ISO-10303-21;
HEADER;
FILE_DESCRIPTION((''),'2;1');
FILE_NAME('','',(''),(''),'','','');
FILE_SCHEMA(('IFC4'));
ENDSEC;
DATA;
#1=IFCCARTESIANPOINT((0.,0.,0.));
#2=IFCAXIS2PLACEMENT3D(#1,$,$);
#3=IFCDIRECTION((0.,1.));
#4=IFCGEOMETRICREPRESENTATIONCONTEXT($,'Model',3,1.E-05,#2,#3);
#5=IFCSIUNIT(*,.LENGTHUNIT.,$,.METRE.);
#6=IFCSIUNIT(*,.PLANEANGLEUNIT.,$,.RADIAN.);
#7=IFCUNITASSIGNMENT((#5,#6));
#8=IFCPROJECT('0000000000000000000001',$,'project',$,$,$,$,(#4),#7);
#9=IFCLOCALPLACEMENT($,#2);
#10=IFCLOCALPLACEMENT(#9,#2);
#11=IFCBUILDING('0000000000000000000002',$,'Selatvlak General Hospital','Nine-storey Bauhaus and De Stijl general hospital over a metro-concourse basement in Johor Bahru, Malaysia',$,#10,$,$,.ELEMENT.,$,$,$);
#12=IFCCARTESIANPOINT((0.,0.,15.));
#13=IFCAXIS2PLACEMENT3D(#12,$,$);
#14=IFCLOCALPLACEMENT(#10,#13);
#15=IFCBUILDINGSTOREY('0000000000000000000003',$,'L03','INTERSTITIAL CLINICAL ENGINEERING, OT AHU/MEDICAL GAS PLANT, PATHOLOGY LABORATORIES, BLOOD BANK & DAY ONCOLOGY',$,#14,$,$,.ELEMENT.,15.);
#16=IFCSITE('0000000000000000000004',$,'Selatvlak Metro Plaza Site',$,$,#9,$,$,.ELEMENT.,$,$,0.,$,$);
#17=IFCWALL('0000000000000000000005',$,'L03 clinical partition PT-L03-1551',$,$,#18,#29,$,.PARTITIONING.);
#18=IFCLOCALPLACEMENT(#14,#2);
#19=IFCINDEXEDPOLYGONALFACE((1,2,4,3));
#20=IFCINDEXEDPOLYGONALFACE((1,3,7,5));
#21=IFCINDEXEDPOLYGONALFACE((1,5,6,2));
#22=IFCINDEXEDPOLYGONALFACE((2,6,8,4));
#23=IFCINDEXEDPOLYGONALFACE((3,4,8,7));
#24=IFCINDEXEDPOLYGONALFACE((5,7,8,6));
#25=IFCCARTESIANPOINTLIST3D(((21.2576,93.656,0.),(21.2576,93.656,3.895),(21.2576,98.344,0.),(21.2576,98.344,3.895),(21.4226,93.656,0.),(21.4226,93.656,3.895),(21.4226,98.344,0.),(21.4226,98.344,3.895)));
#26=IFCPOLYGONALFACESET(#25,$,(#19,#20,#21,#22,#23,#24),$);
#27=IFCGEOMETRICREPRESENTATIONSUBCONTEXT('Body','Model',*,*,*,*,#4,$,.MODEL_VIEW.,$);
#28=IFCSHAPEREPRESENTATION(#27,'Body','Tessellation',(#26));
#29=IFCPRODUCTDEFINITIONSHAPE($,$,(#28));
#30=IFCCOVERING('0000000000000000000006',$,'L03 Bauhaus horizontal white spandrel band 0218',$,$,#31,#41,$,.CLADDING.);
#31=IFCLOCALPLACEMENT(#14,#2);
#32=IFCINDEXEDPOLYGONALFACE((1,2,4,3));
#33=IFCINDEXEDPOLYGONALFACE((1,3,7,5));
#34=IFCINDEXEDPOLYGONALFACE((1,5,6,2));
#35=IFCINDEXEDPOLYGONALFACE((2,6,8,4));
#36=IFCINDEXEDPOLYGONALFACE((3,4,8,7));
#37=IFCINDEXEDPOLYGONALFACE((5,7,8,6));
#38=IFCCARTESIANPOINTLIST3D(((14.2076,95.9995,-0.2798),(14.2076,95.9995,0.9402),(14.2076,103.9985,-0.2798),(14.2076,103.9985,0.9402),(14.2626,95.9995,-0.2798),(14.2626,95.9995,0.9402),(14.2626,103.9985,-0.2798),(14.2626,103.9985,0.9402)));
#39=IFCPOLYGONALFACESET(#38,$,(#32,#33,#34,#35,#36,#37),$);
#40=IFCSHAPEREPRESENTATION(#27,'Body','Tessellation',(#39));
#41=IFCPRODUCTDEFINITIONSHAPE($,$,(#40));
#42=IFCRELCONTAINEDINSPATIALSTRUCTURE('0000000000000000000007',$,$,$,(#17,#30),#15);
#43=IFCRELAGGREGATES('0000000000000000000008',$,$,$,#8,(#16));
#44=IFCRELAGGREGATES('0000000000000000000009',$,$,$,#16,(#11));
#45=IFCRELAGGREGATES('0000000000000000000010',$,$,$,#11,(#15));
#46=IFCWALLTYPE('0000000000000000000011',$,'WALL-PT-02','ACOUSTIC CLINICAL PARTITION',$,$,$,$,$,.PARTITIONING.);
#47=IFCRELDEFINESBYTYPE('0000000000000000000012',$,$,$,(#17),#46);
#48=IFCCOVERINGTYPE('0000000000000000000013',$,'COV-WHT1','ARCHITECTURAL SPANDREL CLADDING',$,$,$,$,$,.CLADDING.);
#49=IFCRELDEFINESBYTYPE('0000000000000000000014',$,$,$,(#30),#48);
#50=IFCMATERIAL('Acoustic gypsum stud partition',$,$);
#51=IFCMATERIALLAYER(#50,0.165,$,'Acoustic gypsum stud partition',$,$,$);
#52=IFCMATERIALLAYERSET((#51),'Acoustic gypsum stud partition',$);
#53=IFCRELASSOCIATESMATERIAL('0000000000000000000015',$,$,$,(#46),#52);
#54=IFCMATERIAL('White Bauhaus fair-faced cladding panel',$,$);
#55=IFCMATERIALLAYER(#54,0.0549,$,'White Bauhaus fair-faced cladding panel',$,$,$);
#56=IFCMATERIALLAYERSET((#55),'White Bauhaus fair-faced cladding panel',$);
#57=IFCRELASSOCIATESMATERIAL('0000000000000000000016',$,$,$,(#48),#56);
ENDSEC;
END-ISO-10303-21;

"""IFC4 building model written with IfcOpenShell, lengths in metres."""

from ifc_helpers import new_model, si_unit, direction, frame, frame_2d, origin, origin_2d, place, context, subcontext, project, spatial, rectangle, extrude, material, layer, layer_set, type_object, element, save


model = new_model("IFC4")

# Units and contexts
model_context = context("Model", 3, precision=1e-05, world=origin(), true_north=direction((0.0, 1.0)))
body_context = subcontext(model_context, "Body", "Model", "MODEL_VIEW")
ifc_project = project(units=[si_unit("LENGTHUNIT", "METRE"), si_unit("PLANEANGLEUNIT", "RADIAN")], contexts=[model_context])

# Site, building, storey
site_placement = place(None, origin())
site = spatial("IfcSite", under=ifc_project, at=site_placement, Name="Selatvlak Metro Plaza Site", CompositionType="ELEMENT", RefElevation=0.0)
building_placement = place(site_placement, origin())
building = spatial("IfcBuilding", under=site, at=building_placement, Name="Selatvlak General Hospital", Description="Nine-storey Bauhaus and De Stijl general hospital over a metro-concourse basement in Johor Bahru, Malaysia", CompositionType="ELEMENT")
storey_placement = place(building_placement, frame((0.0, 0.0, 15.0)))
storey = spatial("IfcBuildingStorey", under=building, at=storey_placement, Name="L03", Description="INTERSTITIAL CLINICAL ENGINEERING, OT AHU/MEDICAL GAS PLANT, PATHOLOGY LABORATORIES, BLOOD BANK & DAY ONCOLOGY", CompositionType="ELEMENT", Elevation=15.0)

# Wall
ifc_material_1 = material(Name="Acoustic gypsum stud partition")
ifc_layer_1 = layer(ifc_material_1, 0.165, Name="Acoustic gypsum stud partition")
ifc_layer_set_1 = layer_set([ifc_layer_1], Name="Acoustic gypsum stud partition")
wall_type_1 = type_object("IfcWallType", Name="WALL-PT-02", Description="ACOUSTIC CLINICAL PARTITION", PredefinedType="PARTITIONING", material=ifc_layer_set_1)
wall_1_placement = place(storey_placement, frame((21.3401, 98.344, 0.0), z_axis=(0.0, 0.0, 1.0), x_axis=(0.0, -1.0, 0.0)))
element("IfcWall", 1, at=wall_1_placement, inside=storey, type_object=wall_type_1, Name="L03 clinical partition PT-L03-1551", PredefinedType="PARTITIONING", context=body_context, shape_type="SweptSolid", body=[
    extrude(rectangle(XDim=4.688, YDim=0.165, at=frame_2d((2.344, 0.0))), origin(), (0.0, 0.0, 1.0), 3.895),
])

# Covering
ifc_material_2 = material(Name="White Bauhaus fair-faced cladding panel")
ifc_layer_2 = layer(ifc_material_2, 0.0549, Name="White Bauhaus fair-faced cladding panel")
ifc_layer_set_2 = layer_set([ifc_layer_2], Name="White Bauhaus fair-faced cladding panel")
covering_type = type_object("IfcCoveringType", Name="COV-WHT1", Description="ARCHITECTURAL SPANDREL CLADDING", PredefinedType="CLADDING", material=ifc_layer_set_2)
covering_placement = place(storey_placement, frame((14.2351, 99.999, -0.2798), z_axis=(0.0, 0.0, 1.0), x_axis=(0.0, 1.0, 0.0)))
element("IfcCovering", 2, at=covering_placement, inside=storey, type_object=covering_type, Name="L03 Bauhaus horizontal white spandrel band 0218", PredefinedType="CLADDING", context=body_context, shape_type="SweptSolid", body=[
    extrude(rectangle(XDim=7.999, YDim=0.0549, at=origin_2d()), origin(), (0.0, 0.0, 1.0), 1.22),
])

save(model, "model.ifc")
